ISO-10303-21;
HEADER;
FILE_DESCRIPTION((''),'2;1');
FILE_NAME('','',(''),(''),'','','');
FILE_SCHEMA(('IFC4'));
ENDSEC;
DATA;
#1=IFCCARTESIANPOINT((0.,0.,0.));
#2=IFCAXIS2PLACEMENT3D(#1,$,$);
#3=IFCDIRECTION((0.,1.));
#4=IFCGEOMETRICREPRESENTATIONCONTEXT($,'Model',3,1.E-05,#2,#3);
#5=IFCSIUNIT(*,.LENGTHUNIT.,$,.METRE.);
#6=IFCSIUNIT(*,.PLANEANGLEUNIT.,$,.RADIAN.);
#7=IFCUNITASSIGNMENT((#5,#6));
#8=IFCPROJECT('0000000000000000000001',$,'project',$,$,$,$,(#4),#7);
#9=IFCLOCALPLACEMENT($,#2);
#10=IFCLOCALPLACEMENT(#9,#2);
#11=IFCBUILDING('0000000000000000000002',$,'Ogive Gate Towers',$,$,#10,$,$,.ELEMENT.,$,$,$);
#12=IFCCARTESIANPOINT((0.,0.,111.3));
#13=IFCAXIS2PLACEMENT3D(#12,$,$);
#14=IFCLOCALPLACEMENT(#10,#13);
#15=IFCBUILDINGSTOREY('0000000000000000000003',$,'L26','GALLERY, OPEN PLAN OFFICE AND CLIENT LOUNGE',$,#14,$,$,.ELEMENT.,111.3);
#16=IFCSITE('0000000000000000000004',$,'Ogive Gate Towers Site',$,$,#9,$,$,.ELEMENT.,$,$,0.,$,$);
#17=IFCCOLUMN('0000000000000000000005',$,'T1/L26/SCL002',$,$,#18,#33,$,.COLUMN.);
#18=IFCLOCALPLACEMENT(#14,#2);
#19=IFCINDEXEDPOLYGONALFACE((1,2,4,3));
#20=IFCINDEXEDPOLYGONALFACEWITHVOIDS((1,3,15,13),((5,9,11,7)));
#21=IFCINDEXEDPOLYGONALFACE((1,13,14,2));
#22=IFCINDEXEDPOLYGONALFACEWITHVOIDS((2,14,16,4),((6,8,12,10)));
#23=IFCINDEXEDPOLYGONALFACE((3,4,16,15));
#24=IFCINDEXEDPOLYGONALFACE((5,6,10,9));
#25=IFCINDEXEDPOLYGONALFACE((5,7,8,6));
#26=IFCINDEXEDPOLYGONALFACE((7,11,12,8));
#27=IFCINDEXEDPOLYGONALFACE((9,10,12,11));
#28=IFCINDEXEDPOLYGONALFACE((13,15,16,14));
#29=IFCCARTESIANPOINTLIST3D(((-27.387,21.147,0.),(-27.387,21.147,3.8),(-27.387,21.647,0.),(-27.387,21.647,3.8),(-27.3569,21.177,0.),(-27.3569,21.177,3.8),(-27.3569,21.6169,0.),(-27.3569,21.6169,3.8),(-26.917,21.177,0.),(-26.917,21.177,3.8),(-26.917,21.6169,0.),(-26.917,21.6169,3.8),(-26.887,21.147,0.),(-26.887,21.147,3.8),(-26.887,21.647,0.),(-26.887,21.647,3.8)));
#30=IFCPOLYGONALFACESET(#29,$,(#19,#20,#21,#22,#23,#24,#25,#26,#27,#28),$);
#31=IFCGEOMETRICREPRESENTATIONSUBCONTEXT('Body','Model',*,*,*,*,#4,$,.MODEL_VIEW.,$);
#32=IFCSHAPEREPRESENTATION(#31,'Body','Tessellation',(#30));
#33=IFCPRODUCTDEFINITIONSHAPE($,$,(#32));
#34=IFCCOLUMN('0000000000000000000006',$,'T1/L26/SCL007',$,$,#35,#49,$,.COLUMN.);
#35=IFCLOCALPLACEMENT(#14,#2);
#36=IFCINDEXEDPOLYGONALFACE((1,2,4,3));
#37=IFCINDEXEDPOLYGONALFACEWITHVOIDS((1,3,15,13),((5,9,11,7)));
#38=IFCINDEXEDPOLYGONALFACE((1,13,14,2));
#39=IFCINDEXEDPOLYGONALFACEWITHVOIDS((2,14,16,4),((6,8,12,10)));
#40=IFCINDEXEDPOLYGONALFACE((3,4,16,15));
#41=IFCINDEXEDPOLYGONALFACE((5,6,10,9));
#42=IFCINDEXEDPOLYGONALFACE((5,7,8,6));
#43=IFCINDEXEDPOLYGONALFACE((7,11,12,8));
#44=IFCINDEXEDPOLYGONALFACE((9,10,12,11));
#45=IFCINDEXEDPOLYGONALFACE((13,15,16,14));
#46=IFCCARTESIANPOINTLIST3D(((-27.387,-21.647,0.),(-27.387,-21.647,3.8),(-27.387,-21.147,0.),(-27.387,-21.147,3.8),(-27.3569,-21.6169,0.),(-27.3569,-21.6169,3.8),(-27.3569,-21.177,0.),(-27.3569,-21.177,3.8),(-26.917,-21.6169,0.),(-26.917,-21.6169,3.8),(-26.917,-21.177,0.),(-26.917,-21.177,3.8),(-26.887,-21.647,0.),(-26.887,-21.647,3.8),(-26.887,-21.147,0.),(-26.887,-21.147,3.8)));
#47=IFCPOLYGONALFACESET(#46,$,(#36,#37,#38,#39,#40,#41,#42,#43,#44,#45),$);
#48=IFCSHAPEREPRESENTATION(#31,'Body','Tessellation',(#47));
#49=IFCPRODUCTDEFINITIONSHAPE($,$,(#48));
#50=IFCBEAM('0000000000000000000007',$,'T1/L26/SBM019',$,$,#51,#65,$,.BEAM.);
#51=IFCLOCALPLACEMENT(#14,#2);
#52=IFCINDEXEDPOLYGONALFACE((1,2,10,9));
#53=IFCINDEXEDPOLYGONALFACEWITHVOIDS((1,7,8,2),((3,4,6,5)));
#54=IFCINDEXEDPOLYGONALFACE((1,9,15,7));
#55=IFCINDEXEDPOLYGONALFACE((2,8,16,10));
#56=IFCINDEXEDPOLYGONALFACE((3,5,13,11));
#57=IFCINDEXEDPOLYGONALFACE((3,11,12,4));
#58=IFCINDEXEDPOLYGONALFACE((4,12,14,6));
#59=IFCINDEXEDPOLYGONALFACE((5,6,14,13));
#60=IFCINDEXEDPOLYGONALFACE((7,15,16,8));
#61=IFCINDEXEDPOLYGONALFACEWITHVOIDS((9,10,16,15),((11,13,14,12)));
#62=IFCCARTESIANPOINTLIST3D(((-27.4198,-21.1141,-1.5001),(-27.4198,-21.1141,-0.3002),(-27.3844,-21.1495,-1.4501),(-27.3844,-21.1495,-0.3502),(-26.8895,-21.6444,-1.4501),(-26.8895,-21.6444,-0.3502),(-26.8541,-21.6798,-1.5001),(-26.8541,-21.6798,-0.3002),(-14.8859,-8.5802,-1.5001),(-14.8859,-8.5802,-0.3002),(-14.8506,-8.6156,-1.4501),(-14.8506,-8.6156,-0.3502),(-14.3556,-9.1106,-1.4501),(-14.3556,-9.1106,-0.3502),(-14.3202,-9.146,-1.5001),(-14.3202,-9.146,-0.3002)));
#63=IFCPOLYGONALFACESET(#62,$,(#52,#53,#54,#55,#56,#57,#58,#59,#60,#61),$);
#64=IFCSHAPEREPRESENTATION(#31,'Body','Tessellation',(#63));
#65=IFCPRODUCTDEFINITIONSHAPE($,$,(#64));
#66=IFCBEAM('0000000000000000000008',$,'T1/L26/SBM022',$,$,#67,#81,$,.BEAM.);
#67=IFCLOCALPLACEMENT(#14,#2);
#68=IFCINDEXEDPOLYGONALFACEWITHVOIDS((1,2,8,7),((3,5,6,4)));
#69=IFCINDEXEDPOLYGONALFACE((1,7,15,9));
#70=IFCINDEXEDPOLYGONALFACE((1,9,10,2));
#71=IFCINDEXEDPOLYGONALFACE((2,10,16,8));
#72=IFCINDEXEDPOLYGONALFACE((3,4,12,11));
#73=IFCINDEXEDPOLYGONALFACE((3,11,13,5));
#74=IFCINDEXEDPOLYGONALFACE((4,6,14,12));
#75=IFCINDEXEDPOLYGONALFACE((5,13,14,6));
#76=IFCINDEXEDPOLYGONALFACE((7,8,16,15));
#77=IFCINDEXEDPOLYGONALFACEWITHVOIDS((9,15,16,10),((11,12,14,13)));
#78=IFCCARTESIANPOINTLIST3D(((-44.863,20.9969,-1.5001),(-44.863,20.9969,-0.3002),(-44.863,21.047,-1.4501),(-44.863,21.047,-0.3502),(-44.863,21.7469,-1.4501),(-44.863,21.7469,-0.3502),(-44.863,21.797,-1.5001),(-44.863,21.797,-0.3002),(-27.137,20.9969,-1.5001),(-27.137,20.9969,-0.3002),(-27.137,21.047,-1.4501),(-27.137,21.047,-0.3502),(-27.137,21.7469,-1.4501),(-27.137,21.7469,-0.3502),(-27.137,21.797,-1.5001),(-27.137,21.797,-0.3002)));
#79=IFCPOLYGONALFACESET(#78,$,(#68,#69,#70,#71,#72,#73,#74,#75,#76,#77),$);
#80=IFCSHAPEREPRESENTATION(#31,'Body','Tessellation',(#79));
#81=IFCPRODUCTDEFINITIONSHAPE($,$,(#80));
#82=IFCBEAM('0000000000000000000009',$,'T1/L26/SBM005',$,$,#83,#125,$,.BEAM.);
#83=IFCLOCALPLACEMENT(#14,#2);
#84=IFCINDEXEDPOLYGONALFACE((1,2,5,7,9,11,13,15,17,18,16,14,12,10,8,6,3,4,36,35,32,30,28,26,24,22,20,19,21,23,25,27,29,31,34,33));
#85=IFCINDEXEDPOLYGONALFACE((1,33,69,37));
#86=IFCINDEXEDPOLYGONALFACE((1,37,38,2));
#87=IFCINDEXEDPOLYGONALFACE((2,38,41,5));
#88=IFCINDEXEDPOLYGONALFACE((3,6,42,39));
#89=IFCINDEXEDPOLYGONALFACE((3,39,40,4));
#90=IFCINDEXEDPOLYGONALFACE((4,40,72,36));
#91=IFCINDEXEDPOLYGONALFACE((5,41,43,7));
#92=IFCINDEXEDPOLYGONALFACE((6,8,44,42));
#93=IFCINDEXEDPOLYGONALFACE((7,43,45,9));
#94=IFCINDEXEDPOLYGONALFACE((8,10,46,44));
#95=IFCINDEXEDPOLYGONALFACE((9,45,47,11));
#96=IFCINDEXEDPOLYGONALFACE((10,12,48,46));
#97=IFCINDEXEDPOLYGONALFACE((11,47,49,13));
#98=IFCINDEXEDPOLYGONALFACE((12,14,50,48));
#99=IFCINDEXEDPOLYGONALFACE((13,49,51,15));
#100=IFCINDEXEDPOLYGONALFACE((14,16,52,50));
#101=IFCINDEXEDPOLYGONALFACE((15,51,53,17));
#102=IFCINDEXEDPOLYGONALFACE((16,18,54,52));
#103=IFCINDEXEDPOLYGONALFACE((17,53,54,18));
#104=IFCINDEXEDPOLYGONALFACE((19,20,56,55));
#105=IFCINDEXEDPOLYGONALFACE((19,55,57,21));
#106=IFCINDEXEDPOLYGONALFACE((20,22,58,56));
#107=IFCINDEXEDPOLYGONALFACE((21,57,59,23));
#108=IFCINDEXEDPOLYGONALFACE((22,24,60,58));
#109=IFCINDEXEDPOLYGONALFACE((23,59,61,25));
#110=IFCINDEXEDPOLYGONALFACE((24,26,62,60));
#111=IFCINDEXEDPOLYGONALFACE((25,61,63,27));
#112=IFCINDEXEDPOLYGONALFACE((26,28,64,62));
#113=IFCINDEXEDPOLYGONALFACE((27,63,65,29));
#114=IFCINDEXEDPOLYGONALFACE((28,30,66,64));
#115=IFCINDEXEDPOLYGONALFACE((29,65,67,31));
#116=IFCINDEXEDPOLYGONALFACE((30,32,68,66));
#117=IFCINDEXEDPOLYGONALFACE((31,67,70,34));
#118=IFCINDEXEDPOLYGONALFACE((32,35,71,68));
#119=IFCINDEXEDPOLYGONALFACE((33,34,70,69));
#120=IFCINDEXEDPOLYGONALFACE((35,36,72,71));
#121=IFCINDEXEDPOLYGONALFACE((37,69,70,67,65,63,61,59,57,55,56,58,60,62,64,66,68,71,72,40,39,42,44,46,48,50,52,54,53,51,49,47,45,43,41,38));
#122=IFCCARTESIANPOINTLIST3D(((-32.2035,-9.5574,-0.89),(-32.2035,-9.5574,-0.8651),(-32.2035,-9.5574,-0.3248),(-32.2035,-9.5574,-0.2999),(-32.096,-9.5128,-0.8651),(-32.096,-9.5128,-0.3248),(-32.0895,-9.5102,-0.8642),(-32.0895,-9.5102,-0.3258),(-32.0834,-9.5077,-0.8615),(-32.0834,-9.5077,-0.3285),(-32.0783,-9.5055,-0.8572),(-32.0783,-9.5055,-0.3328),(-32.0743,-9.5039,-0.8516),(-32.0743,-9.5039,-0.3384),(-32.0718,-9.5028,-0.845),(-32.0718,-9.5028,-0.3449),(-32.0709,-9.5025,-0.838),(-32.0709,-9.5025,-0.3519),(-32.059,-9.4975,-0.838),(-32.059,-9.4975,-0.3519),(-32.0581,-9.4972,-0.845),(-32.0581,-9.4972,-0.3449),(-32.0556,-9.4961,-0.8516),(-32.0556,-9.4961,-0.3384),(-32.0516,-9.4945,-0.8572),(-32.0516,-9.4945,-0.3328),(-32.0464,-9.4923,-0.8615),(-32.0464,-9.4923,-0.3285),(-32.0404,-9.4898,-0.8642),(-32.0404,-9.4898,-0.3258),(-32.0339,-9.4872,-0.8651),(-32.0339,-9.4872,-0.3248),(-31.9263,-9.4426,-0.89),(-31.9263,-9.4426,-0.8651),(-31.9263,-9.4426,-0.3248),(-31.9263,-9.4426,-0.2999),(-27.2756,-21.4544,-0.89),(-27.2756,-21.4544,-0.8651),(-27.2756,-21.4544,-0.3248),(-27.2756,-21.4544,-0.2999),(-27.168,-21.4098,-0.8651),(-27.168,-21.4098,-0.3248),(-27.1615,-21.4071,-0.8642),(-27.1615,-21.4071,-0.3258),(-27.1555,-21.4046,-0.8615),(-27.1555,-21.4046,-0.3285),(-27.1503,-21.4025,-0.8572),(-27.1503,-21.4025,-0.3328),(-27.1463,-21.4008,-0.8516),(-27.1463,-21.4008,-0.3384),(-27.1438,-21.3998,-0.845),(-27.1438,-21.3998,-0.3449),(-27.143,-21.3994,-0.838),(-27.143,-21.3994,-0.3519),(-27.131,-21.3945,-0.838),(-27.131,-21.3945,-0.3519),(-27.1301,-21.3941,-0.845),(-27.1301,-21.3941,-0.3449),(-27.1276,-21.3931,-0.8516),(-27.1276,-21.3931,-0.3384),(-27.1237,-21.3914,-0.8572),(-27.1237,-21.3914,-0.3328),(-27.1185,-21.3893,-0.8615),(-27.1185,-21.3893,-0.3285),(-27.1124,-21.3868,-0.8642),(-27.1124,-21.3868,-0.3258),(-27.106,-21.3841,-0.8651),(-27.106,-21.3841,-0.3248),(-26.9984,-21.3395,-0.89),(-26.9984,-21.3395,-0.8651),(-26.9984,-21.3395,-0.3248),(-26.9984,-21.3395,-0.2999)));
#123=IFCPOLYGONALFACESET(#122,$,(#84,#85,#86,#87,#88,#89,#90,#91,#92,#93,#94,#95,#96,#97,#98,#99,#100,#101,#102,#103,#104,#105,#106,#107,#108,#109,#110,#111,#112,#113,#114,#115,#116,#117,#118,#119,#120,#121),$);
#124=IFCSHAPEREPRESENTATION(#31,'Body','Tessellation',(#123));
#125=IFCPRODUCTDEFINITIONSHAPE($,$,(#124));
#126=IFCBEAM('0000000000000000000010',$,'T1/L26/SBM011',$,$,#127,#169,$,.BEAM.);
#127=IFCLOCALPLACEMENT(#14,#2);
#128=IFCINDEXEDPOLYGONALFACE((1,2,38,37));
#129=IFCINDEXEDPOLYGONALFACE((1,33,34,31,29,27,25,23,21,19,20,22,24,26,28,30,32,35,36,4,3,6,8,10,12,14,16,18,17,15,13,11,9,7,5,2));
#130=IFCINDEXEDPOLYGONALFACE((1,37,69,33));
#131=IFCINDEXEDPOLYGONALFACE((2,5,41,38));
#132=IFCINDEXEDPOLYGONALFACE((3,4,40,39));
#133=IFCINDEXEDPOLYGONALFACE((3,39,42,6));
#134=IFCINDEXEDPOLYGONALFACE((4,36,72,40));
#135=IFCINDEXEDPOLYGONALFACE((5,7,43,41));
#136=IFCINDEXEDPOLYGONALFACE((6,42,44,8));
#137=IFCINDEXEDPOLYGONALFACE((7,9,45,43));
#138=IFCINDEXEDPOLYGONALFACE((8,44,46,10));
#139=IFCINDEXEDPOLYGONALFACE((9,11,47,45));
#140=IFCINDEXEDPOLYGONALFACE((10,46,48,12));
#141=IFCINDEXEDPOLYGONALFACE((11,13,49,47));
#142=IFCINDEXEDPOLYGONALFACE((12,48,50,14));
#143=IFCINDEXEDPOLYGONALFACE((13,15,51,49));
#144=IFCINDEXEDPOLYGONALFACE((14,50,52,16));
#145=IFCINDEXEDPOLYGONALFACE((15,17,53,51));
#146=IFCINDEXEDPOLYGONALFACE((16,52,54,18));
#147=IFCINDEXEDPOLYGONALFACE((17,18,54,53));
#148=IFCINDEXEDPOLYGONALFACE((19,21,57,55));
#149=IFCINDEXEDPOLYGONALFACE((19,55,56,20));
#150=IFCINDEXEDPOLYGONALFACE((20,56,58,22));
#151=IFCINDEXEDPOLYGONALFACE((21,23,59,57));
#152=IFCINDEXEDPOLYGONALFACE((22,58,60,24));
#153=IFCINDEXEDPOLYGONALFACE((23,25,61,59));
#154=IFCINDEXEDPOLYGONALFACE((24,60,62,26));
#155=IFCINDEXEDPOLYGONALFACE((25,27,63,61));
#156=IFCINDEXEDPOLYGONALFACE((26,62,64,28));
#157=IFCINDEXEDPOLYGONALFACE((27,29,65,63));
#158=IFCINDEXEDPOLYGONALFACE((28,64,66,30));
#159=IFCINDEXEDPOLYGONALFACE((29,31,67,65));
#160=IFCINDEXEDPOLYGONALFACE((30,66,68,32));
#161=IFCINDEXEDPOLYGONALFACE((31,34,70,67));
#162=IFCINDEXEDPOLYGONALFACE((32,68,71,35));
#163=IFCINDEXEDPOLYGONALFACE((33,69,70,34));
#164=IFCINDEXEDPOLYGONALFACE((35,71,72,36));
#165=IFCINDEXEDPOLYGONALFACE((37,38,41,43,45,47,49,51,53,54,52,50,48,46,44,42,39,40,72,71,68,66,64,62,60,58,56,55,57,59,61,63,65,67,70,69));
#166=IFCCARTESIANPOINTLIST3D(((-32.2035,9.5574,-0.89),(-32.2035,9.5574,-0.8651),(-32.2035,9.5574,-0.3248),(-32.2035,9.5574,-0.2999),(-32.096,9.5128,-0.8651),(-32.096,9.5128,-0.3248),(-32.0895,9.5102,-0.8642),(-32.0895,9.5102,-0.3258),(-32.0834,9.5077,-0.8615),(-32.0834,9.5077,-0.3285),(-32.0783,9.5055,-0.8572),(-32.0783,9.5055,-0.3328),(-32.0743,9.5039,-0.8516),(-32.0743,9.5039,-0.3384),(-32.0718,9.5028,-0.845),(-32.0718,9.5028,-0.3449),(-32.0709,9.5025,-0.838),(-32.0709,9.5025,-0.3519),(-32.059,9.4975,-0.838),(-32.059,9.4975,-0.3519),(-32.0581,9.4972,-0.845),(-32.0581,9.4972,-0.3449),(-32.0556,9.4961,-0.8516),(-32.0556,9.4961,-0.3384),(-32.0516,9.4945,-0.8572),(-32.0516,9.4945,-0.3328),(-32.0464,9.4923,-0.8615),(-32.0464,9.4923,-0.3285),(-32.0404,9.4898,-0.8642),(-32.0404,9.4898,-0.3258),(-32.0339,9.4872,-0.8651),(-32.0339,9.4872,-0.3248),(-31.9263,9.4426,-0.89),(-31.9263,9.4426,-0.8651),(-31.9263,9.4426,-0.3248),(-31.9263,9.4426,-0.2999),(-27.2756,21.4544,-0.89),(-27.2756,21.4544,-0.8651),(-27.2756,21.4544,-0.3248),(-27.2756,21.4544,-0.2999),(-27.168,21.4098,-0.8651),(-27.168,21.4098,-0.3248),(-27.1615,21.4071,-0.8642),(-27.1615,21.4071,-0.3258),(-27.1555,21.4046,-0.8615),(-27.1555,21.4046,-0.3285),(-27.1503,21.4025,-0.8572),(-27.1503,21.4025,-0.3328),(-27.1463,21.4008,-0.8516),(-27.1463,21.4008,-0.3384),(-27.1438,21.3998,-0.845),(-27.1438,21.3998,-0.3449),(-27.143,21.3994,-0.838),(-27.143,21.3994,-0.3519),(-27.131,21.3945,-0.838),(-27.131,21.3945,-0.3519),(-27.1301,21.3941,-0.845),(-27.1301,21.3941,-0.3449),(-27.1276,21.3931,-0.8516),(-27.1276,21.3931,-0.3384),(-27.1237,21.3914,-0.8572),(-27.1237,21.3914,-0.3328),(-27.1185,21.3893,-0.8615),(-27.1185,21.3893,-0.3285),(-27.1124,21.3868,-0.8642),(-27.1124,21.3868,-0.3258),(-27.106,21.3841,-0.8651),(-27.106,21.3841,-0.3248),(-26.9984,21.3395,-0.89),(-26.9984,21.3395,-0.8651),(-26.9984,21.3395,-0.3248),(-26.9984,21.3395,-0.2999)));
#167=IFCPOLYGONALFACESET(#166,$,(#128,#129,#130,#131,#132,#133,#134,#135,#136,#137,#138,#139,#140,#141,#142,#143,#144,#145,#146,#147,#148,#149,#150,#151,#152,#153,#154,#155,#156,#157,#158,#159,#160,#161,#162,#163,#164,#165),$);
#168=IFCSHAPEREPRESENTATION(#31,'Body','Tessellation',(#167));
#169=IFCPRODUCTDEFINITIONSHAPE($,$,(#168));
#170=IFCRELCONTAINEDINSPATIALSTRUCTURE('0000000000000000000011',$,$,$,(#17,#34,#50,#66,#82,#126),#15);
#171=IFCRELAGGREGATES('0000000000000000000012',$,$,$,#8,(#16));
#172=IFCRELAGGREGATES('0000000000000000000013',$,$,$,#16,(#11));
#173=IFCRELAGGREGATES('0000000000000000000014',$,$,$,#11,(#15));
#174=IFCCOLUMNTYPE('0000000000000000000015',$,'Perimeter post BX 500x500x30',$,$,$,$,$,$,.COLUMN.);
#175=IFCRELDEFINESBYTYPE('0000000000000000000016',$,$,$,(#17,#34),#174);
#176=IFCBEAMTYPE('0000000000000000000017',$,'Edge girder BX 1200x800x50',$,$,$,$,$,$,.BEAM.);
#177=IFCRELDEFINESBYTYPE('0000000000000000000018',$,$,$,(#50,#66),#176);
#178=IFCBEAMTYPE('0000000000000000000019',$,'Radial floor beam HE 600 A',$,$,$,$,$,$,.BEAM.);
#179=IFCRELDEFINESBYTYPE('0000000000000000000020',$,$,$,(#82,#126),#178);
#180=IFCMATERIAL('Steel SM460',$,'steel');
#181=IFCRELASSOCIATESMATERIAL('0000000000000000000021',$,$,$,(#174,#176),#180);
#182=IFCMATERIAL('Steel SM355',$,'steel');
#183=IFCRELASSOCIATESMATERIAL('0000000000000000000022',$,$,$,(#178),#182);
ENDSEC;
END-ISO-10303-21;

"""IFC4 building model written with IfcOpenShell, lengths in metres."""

from ifc_helpers import new_model, si_unit, direction, frame, origin, origin_2d, place, context, subcontext, project, spatial, hollow_rectangle, i_section, extrude, material, material_profile, profile_set, type_object, element, save


model = new_model("IFC4")

# Units and contexts
model_context = context("Model", 3, precision=1e-05, world=origin(), true_north=direction((0.0, 1.0)))
body_context = subcontext(model_context, "Body", "Model", "MODEL_VIEW")
ifc_project = project(units=[si_unit("LENGTHUNIT", "METRE"), si_unit("PLANEANGLEUNIT", "RADIAN")], contexts=[model_context])

# Site, building, storey
site_placement = place(None, origin())
site = spatial("IfcSite", under=ifc_project, at=site_placement, Name="Ogive Gate Towers Site", CompositionType="ELEMENT", RefElevation=0.0)
building_placement = place(site_placement, origin())
building = spatial("IfcBuilding", under=site, at=building_placement, Name="Ogive Gate Towers", CompositionType="ELEMENT")
storey_placement = place(building_placement, frame((0.0, 0.0, 111.3)))
storey = spatial("IfcBuildingStorey", under=building, at=storey_placement, Name="L26", Description="GALLERY, OPEN PLAN OFFICE AND CLIENT LOUNGE", CompositionType="ELEMENT", Elevation=111.3)

# Columns
ifc_material_1 = material(Name="Steel SM460", Category="steel")
ifc_material_profile_1 = material_profile(ifc_material_1, hollow_rectangle(XDim=0.5, YDim=0.5, WallThickness=0.03, at=origin_2d()), Name="BX 500x500x30")
ifc_profile_set_1 = profile_set([ifc_material_profile_1], Name="Steel SM460")
column_type = type_object("IfcColumnType", Name="Perimeter post BX 500x500x30", PredefinedType="COLUMN", material=ifc_profile_set_1)
for number, where, z_axis, x_axis, name in (
    (1, (-27.137, 21.397, 0.0), (0.0, 0.0, 1.0), (1.0, 0.0, 0.0), "T1/L26/SCL002"),
    (2, (-27.137, -21.397, 0.0), (0.0, 0.0, 1.0), (1.0, 0.0, 0.0), "T1/L26/SCL007"),
):
    element("IfcColumn", number, at=place(storey_placement, frame(where, z_axis=z_axis, x_axis=x_axis)), inside=storey, type_object=column_type, Name=name, PredefinedType="COLUMN", context=body_context, shape_type="SweptSolid", body=[
        extrude(hollow_rectangle(XDim=0.5, YDim=0.5, WallThickness=0.03, at=origin_2d()), origin(), (0.0, 0.0, 1.0), 3.8),
    ])

# Beams
ifc_material_profile_2 = material_profile(ifc_material_1, hollow_rectangle(XDim=0.8, YDim=1.2, WallThickness=0.05, at=origin_2d()), Name="BX 1200x800x50")
ifc_profile_set_2 = profile_set([ifc_material_profile_2], Name="Steel SM460")
beam_type_1 = type_object("IfcBeamType", Name="Edge girder BX 1200x800x50", PredefinedType="BEAM", material=ifc_profile_set_2)
beam_1_placement = place(storey_placement, frame((-27.137, -21.397, -0.9001), z_axis=(0.707107, 0.707107, 0.0), x_axis=(-0.707107, 0.707107, 0.0)))
element("IfcBeam", 3, at=beam_1_placement, inside=storey, type_object=beam_type_1, Name="T1/L26/SBM019", PredefinedType="BEAM", context=body_context, shape_type="SweptSolid", body=[
    extrude(hollow_rectangle(XDim=0.8, YDim=1.2, WallThickness=0.05, at=origin_2d()), origin(), (0.0, 0.0, 1.0), 17.7256),
])
beam_2_placement = place(storey_placement, frame((-27.137, 21.397, -0.9001), z_axis=(-1.0, 0.0, 0.0), x_axis=(0.0, -1.0, 0.0)))
element("IfcBeam", 4, at=beam_2_placement, inside=storey, type_object=beam_type_1, Name="T1/L26/SBM022", PredefinedType="BEAM", context=body_context, shape_type="SweptSolid", body=[
    extrude(hollow_rectangle(XDim=0.8, YDim=1.2, WallThickness=0.05, at=origin_2d()), origin(), (0.0, 0.0, 1.0), 17.7261),
])
ifc_material_2 = material(Name="Steel SM355", Category="steel")
ifc_material_profile_3 = material_profile(ifc_material_2, i_section(OverallWidth=0.3, OverallDepth=0.5901, WebThickness=0.0129, FlangeThickness=0.0249, FilletRadius=0.0271, at=origin_2d()), Name="HE 600 A")
ifc_profile_set_3 = profile_set([ifc_material_profile_3], Name="Steel SM355")
beam_type_2 = type_object("IfcBeamType", Name="Radial floor beam HE 600 A", PredefinedType="BEAM", material=ifc_profile_set_3)
for number, where, z_axis, x_axis, name in (
    (5, (-32.0649, -9.5, -0.595), (0.382689, -0.923877, 0.0), (0.923877, 0.382689, 0.0), "T1/L26/SBM005"),
    (6, (-32.0649, 9.5, -0.595), (0.382689, 0.923877, 0.0), (-0.923877, 0.382689, 0.0), "T1/L26/SBM011"),
):
    element("IfcBeam", number, at=place(storey_placement, frame(where, z_axis=z_axis, x_axis=x_axis)), inside=storey, type_object=beam_type_2, Name=name, PredefinedType="BEAM", context=body_context, shape_type="SweptSolid", body=[
        extrude(i_section(OverallWidth=0.3, OverallDepth=0.5901, WebThickness=0.0129, FlangeThickness=0.0249, FilletRadius=0.0271, at=origin_2d()), origin(), (0.0, 0.0, 1.0), 12.8772),
    ])

save(model, "model.ifc")
